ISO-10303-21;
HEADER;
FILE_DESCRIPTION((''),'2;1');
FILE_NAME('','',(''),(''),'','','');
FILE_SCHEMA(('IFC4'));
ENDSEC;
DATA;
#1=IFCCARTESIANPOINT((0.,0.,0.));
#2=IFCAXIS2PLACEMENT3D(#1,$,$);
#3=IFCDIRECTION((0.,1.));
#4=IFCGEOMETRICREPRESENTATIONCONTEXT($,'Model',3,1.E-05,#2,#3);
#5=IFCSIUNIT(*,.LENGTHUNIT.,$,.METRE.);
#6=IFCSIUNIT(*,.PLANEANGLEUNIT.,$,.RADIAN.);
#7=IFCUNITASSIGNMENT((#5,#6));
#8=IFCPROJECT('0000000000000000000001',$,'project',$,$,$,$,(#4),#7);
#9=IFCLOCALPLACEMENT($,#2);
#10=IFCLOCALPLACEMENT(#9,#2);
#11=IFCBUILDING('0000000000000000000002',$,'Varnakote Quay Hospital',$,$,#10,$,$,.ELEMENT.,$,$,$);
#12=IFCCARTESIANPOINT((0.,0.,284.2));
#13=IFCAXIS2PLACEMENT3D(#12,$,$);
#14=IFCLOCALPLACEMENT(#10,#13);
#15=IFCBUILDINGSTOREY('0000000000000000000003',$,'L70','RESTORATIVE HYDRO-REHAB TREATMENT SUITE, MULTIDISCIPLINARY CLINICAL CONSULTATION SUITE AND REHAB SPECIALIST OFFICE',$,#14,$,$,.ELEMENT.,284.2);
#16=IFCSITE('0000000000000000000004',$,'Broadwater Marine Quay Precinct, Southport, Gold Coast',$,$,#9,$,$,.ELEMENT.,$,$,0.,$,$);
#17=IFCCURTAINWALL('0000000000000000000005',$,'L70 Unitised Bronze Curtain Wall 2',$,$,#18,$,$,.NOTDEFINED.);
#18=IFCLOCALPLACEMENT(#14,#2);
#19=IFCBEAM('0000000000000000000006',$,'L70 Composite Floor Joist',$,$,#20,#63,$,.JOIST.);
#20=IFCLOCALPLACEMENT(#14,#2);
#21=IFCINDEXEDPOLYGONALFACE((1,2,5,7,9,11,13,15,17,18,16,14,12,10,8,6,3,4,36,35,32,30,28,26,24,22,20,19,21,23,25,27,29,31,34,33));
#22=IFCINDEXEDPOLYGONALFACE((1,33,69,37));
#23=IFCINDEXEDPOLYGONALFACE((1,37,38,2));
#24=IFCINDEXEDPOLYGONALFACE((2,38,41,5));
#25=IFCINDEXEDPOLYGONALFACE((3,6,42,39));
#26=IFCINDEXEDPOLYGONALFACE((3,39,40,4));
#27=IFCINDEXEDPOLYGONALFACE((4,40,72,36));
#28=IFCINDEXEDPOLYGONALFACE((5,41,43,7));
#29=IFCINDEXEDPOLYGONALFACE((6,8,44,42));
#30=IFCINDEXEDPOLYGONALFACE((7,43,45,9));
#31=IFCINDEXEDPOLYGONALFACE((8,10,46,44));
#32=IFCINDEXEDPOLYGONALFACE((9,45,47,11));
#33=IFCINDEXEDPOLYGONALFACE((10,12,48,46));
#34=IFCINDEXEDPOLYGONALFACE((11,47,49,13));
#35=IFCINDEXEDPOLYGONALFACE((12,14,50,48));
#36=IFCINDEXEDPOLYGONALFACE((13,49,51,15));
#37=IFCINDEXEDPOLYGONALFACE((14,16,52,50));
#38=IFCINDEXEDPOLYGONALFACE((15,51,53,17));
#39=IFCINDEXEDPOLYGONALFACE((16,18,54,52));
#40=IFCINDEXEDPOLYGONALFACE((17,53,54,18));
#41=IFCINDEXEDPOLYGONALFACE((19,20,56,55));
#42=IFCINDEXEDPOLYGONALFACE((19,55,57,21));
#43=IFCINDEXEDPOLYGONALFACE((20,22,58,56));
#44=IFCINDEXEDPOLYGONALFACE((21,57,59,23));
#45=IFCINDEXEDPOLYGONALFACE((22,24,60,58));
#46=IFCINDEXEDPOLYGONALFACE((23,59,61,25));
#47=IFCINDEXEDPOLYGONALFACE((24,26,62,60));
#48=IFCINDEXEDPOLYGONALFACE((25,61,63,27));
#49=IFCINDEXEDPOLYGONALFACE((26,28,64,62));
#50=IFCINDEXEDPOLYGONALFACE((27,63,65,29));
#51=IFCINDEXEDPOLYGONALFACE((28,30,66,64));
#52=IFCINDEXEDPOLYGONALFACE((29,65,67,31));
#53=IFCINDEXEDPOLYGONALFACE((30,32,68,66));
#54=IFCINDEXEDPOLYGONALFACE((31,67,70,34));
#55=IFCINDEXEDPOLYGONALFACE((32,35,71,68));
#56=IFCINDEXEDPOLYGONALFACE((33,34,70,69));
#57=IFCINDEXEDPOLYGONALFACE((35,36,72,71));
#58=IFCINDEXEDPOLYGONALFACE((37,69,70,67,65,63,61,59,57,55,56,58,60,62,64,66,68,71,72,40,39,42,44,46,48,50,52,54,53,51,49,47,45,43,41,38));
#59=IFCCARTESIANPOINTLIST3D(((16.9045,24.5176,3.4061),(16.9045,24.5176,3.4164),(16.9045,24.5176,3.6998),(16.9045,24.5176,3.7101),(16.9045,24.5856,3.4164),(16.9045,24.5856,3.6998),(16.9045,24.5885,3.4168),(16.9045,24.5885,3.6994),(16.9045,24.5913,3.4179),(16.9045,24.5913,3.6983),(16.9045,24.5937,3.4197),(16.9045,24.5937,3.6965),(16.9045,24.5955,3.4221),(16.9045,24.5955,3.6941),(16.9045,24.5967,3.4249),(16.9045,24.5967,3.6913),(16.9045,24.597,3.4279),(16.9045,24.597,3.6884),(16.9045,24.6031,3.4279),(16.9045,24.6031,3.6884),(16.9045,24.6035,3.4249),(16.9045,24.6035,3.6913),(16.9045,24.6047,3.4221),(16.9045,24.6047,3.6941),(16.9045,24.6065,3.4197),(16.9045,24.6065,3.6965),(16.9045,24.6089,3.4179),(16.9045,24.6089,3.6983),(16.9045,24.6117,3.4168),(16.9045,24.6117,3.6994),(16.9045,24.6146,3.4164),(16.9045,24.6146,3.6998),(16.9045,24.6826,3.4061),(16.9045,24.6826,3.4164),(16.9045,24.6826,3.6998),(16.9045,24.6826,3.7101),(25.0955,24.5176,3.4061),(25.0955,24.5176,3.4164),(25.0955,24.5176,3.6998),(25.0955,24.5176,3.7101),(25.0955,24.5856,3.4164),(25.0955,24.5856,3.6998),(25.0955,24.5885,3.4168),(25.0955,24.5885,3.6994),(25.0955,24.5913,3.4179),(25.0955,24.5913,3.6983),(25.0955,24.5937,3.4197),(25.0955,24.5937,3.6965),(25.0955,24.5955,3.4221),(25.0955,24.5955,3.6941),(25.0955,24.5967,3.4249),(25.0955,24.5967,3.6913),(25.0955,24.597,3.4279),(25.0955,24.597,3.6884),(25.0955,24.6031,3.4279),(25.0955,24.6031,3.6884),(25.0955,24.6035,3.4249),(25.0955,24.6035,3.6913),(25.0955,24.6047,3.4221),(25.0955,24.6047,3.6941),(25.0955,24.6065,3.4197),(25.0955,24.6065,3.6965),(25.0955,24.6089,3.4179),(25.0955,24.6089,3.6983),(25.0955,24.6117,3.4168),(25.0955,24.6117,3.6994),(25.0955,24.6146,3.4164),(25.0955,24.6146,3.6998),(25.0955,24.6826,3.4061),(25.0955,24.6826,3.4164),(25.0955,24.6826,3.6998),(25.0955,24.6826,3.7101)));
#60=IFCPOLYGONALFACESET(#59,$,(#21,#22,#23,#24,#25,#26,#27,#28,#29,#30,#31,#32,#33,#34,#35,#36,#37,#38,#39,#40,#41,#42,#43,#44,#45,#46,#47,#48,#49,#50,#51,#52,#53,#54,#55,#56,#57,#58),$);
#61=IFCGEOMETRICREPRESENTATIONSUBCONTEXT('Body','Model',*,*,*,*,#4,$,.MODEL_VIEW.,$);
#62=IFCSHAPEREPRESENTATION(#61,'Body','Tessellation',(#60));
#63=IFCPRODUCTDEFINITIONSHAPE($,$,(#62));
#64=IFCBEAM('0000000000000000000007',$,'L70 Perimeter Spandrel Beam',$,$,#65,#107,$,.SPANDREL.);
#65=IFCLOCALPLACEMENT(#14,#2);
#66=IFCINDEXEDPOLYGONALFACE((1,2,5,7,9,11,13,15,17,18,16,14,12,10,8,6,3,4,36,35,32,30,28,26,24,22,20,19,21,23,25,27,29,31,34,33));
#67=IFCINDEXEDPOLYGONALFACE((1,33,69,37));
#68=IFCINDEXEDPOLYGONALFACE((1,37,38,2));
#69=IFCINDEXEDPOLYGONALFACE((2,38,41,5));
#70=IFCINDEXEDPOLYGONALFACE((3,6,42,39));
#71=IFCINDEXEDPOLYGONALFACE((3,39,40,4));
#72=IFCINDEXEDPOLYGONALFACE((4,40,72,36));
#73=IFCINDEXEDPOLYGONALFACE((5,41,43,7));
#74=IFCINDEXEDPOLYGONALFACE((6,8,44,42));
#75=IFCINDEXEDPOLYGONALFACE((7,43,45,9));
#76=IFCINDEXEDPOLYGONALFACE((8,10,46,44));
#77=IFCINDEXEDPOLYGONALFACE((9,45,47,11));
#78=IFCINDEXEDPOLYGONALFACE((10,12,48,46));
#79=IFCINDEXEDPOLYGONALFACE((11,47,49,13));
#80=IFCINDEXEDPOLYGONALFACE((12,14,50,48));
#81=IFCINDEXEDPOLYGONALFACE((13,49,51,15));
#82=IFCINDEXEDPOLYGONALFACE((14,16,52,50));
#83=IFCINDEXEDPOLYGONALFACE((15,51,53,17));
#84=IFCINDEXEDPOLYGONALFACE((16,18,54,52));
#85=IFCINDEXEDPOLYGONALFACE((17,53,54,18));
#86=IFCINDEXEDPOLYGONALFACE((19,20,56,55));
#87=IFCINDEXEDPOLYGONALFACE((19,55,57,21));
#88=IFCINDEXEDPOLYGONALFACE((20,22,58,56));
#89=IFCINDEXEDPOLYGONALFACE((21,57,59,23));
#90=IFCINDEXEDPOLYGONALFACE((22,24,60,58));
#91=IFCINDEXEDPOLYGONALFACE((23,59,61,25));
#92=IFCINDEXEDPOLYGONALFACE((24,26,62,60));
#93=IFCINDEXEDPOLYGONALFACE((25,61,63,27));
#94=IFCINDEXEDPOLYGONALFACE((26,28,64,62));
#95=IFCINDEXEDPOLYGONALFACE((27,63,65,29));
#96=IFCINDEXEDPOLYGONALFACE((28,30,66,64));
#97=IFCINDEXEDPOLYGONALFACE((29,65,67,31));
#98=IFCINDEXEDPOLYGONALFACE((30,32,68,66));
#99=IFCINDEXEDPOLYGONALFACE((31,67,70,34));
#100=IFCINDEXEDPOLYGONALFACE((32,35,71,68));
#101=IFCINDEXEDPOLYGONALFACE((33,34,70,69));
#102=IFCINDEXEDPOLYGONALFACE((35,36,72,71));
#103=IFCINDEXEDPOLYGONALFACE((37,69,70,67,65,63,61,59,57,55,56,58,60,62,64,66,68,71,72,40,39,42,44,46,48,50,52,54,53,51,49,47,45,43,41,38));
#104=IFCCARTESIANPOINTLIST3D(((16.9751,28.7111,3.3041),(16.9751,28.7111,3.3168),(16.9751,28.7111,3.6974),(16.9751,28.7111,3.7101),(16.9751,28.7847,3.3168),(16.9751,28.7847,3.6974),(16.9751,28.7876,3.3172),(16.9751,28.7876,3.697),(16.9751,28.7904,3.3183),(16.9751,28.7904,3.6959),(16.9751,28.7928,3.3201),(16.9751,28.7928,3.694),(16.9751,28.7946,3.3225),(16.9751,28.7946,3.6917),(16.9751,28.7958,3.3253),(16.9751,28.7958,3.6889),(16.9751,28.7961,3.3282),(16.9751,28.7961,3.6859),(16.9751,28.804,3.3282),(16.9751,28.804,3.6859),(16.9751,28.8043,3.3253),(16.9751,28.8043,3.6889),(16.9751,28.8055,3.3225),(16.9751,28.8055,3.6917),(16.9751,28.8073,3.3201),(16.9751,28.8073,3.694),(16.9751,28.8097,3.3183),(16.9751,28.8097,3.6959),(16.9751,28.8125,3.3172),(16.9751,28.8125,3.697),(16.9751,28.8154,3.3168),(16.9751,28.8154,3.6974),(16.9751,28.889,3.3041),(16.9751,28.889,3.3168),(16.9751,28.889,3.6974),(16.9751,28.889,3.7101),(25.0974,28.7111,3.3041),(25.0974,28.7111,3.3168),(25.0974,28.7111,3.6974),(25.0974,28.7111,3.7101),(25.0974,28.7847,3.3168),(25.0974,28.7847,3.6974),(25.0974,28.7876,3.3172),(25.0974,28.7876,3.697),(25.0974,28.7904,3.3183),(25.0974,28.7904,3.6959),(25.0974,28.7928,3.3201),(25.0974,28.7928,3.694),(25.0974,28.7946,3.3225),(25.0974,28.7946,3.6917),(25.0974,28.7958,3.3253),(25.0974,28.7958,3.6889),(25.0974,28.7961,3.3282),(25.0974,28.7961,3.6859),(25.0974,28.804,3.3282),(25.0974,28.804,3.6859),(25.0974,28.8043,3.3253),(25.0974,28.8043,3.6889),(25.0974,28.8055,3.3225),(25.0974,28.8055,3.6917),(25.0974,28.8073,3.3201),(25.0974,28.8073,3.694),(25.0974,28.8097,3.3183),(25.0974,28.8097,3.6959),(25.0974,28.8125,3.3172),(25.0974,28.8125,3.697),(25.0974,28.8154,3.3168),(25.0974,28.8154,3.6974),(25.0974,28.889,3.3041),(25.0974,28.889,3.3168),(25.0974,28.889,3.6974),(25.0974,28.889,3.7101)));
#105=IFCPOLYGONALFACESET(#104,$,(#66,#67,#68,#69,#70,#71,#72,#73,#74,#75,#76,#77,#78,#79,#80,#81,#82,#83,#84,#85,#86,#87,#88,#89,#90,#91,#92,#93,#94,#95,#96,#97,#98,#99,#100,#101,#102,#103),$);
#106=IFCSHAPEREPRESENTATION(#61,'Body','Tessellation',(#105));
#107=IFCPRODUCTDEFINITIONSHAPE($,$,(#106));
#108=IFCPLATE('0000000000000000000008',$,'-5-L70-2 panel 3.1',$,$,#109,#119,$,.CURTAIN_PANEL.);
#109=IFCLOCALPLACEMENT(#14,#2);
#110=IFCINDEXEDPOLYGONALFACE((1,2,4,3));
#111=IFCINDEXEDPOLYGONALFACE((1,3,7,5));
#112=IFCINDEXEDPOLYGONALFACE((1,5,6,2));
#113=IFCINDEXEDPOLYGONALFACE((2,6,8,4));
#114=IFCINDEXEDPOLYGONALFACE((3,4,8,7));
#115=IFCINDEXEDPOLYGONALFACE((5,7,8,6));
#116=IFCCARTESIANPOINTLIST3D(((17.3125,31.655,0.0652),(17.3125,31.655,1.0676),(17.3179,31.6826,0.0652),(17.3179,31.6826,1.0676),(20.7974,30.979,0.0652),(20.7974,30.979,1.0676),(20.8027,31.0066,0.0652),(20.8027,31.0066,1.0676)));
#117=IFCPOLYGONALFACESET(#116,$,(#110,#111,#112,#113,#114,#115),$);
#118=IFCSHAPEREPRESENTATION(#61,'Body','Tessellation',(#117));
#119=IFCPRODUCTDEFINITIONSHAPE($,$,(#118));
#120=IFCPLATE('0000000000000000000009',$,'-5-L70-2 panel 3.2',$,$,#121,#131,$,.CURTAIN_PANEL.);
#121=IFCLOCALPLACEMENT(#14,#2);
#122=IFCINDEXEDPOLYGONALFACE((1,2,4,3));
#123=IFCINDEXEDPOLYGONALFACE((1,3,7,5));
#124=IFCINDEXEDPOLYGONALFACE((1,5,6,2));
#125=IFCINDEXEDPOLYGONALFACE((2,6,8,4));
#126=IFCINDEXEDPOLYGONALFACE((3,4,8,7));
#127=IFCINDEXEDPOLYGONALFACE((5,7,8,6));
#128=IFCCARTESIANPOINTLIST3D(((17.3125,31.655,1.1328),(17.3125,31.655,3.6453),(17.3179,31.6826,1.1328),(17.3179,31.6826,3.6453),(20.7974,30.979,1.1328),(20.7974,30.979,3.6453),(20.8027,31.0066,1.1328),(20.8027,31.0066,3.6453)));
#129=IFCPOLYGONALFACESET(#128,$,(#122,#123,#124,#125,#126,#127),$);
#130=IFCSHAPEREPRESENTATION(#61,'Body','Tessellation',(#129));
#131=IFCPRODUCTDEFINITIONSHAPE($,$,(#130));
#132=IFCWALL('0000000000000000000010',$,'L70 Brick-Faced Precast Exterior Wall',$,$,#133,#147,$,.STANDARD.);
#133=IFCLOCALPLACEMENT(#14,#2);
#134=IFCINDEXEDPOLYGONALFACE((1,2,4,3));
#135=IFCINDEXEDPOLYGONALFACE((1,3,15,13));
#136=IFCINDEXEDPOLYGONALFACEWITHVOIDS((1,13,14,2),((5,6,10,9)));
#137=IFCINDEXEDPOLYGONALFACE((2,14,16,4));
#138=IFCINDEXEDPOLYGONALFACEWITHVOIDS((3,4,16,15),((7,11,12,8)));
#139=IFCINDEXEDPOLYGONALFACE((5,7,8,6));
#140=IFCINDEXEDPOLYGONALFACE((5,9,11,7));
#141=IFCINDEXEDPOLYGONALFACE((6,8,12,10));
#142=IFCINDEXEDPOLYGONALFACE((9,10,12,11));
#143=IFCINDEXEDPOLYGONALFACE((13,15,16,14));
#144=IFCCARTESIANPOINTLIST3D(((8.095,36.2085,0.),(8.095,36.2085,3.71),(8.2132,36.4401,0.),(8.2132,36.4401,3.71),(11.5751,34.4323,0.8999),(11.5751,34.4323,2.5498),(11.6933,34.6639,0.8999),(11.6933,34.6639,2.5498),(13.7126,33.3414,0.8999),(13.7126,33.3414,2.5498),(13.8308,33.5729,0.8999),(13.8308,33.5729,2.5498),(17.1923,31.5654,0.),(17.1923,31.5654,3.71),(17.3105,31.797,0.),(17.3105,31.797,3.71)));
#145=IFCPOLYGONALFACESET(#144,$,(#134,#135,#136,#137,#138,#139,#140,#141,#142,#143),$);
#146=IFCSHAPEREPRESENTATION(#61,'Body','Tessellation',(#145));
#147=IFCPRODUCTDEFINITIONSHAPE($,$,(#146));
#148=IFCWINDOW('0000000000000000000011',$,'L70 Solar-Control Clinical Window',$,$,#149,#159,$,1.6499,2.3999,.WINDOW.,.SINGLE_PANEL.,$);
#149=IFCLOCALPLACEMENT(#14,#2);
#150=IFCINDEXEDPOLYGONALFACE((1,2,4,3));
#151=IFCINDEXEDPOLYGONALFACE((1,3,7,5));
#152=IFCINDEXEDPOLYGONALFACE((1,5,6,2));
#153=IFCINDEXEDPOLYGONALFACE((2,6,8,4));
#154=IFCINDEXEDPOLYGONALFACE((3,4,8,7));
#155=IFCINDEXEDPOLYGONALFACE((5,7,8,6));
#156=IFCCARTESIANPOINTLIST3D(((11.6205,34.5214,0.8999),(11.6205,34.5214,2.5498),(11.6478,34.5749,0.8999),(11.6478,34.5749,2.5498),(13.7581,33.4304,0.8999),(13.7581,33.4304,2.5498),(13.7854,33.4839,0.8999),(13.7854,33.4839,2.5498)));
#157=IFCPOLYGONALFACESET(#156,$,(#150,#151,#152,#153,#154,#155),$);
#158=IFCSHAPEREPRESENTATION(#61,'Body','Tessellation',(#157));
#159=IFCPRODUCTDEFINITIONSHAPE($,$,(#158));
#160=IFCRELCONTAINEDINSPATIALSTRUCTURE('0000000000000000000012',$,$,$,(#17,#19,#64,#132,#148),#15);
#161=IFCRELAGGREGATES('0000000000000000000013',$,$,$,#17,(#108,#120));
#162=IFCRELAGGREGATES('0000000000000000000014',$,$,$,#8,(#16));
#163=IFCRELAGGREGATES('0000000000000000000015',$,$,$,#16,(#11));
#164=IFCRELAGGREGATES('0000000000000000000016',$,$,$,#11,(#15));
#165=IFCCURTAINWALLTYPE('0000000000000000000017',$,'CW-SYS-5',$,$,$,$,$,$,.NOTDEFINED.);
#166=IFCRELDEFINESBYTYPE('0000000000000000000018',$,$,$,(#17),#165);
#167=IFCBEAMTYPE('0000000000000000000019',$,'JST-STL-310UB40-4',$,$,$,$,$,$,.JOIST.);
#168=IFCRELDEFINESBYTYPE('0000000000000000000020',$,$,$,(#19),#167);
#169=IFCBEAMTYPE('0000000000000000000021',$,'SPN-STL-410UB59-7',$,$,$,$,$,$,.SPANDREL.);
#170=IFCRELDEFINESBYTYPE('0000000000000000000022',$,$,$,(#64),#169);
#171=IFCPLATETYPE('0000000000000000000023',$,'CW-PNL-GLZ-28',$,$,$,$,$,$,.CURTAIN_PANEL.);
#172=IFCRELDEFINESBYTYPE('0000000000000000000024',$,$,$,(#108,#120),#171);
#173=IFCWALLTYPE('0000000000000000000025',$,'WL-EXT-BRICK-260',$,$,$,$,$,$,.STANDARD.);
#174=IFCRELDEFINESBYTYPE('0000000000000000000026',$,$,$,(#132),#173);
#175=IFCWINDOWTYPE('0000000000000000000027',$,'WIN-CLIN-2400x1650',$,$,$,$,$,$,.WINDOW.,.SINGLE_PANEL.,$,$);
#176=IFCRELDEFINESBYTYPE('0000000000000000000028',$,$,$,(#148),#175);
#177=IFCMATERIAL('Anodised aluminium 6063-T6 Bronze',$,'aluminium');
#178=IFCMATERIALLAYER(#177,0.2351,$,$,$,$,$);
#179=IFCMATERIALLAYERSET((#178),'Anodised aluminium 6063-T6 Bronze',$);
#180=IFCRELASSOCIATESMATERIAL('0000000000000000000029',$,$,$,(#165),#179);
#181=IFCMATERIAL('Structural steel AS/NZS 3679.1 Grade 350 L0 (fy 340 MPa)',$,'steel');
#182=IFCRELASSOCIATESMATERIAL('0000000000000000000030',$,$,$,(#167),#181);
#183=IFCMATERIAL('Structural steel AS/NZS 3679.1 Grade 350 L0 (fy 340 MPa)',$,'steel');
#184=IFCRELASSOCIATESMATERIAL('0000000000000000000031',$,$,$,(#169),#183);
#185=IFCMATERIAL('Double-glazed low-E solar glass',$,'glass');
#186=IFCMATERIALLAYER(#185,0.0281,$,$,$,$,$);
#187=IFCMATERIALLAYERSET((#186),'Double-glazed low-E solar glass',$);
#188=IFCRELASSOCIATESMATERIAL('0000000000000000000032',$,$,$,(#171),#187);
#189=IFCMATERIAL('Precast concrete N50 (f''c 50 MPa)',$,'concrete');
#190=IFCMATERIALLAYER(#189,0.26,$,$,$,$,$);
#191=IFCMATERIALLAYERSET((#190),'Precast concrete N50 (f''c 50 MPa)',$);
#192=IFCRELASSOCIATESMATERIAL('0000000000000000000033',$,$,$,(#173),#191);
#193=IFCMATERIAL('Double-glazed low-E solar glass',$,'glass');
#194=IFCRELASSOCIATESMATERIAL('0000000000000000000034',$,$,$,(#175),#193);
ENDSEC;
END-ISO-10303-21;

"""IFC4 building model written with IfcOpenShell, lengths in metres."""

from ifc_helpers import new_model, si_unit, direction, frame, frame_2d, origin, origin_2d, place, context, subcontext, project, spatial, rectangle, i_section, extrude, material, layer, layer_set, material_profile, profile_set, type_object, element, fill, aggregate, save


model = new_model("IFC4")

# Units and contexts
model_context = context("Model", 3, precision=1e-05, world=origin(), true_north=direction((0.0, 1.0)))
body_context = subcontext(model_context, "Body", "Model", "MODEL_VIEW")
ifc_project = project(units=[si_unit("LENGTHUNIT", "METRE"), si_unit("PLANEANGLEUNIT", "RADIAN")], contexts=[model_context])

# Site, building, storey
site_placement = place(None, origin())
site = spatial("IfcSite", under=ifc_project, at=site_placement, Name="Broadwater Marine Quay Precinct, Southport, Gold Coast", CompositionType="ELEMENT", RefElevation=0.0)
building_placement = place(site_placement, origin())
building = spatial("IfcBuilding", under=site, at=building_placement, Name="Varnakote Quay Hospital", CompositionType="ELEMENT")
storey_placement = place(building_placement, frame((0.0, 0.0, 284.2)))
storey = spatial("IfcBuildingStorey", under=building, at=storey_placement, Name="L70", Description="RESTORATIVE HYDRO-REHAB TREATMENT SUITE, MULTIDISCIPLINARY CLINICAL CONSULTATION SUITE AND REHAB SPECIALIST OFFICE", CompositionType="ELEMENT", Elevation=284.2)

# Curtain wall
ifc_material_1 = material(Name="Anodised aluminium 6063-T6 Bronze", Category="aluminium")
ifc_layer_1 = layer(ifc_material_1, 0.2351)
ifc_layer_set_1 = layer_set([ifc_layer_1], Name="Anodised aluminium 6063-T6 Bronze")
curtain_wall_type = type_object("IfcCurtainWallType", Name="CW-SYS-5", PredefinedType="NOTDEFINED", material=ifc_layer_set_1)
curtain_wall_placement = place(storey_placement, origin())
curtain_wall = element("IfcCurtainWall", 1, at=curtain_wall_placement, inside=storey, type_object=curtain_wall_type, Name="L70 Unitised Bronze Curtain Wall 2", PredefinedType="NOTDEFINED")

# Beams
ifc_material_2 = material(Name="Structural steel AS/NZS 3679.1 Grade 350 L0 (fy 340 MPa)", Category="steel")
ifc_material_profile_1 = material_profile(ifc_material_2, i_section(OverallWidth=0.165, OverallDepth=0.304, WebThickness=0.0061, FlangeThickness=0.0103, FilletRadius=0.0115, at=origin_2d()), Name="310UB40.4")
ifc_profile_set_1 = profile_set([ifc_material_profile_1], Name="Structural steel AS/NZS 3679.1 Grade 350 L0 (fy 340 MPa)")
beam_type_1 = type_object("IfcBeamType", Name="JST-STL-310UB40-4", PredefinedType="JOIST", material=ifc_profile_set_1)
beam_1_placement = place(storey_placement, frame((16.9045, 24.6001, 3.5581), z_axis=(1.0, 0.0, 0.0), x_axis=(0.0, 1.0, 0.0)))
element("IfcBeam", 2, at=beam_1_placement, inside=storey, type_object=beam_type_1, Name="L70 Composite Floor Joist", PredefinedType="JOIST", context=body_context, shape_type="SweptSolid", body=[
    extrude(i_section(OverallWidth=0.165, OverallDepth=0.304, WebThickness=0.0061, FlangeThickness=0.0103, FilletRadius=0.0115, at=origin_2d()), origin(), (0.0, 0.0, 1.0), 8.1909),
])
ifc_material_3 = material(Name="Structural steel AS/NZS 3679.1 Grade 350 L0 (fy 340 MPa)", Category="steel")
ifc_material_profile_2 = material_profile(ifc_material_3, i_section(OverallWidth=0.178, OverallDepth=0.406, WebThickness=0.0078, FlangeThickness=0.0127, FilletRadius=0.0115, at=origin_2d()), Name="410UB59.7")
ifc_profile_set_2 = profile_set([ifc_material_profile_2], Name="Structural steel AS/NZS 3679.1 Grade 350 L0 (fy 340 MPa)")
beam_type_2 = type_object("IfcBeamType", Name="SPN-STL-410UB59-7", PredefinedType="SPANDREL", material=ifc_profile_set_2)
beam_2_placement = place(storey_placement, frame((16.9751, 28.8, 3.5071), z_axis=(1.0, 0.0, 0.0), x_axis=(0.0, 1.0, 0.0)))
element("IfcBeam", 3, at=beam_2_placement, inside=storey, type_object=beam_type_2, Name="L70 Perimeter Spandrel Beam", PredefinedType="SPANDREL", context=body_context, shape_type="SweptSolid", body=[
    extrude(i_section(OverallWidth=0.178, OverallDepth=0.406, WebThickness=0.0078, FlangeThickness=0.0127, FilletRadius=0.0115, at=origin_2d()), origin(), (0.0, 0.0, 1.0), 8.1223),
])

# Plates
ifc_material_4 = material(Name="Double-glazed low-E solar glass", Category="glass")
ifc_layer_2 = layer(ifc_material_4, 0.0281)
ifc_layer_set_2 = layer_set([ifc_layer_2], Name="Double-glazed low-E solar glass")
plate_type = type_object("IfcPlateType", Name="CW-PNL-GLZ-28", PredefinedType="CURTAIN_PANEL", material=ifc_layer_set_2)
plate_1_placement = place(storey_placement, frame((19.0576, 31.3308, 0.0652), z_axis=(0.0, 0.0, 1.0), x_axis=(-0.9817, 0.190434, 0.0)))
plate_1 = element("IfcPlate", 4, at=plate_1_placement, type_object=plate_type, Name="-5-L70-2 panel 3.1", PredefinedType="CURTAIN_PANEL", context=body_context, shape_type="SweptSolid", body=[
    extrude(rectangle(XDim=3.5498, YDim=0.0281, at=origin_2d()), origin(), (0.0, 0.0, 1.0), 1.0024),
])
plate_2_placement = place(storey_placement, frame((19.0576, 31.3308, 1.1328), z_axis=(0.0, 0.0, 1.0), x_axis=(-0.9817, 0.190434, 0.0)))
plate_2 = element("IfcPlate", 5, at=plate_2_placement, type_object=plate_type, Name="-5-L70-2 panel 3.2", PredefinedType="CURTAIN_PANEL", context=body_context, shape_type="SweptSolid", body=[
    extrude(rectangle(XDim=3.5498, YDim=0.0281, at=origin_2d()), origin(), (0.0, 0.0, 1.0), 2.5125),
])
aggregate(curtain_wall, [plate_1, plate_2])

# Wall, opening, window
ifc_material_5 = material(Name="Precast concrete N50 (f'c 50 MPa)", Category="concrete")
ifc_layer_3 = layer(ifc_material_5, 0.26)
ifc_layer_set_3 = layer_set([ifc_layer_3], Name="Precast concrete N50 (f'c 50 MPa)")
wall_type_1 = type_object("IfcWallType", Name="WL-EXT-BRICK-260", PredefinedType="STANDARD", material=ifc_layer_set_3)
wall_1_placement = place(storey_placement, frame((17.2515, 31.6812, 0.0), z_axis=(0.0, 0.0, 1.0), x_axis=(-0.890696, 0.454599, 0.0)))
wall_1 = element("IfcWall", 6, at=wall_1_placement, inside=storey, type_object=wall_type_1, Name="L70 Brick-Faced Precast Exterior Wall", PredefinedType="STANDARD", context=body_context, shape_type="SweptSolid", body=[
    extrude(rectangle(XDim=10.2136, YDim=0.26, at=frame_2d((5.1069, 0.0))), origin(), (0.0, 0.0, 1.0), 3.71),
])
opening_1_placement = place(wall_1_placement, frame((3.9067, 0.0, 0.8999)))
opening_1 = element("IfcOpeningElement", 7, at=opening_1_placement, cuts=wall_1, PredefinedType="OPENING", context=body_context, shape_type="SweptSolid", body=[
    extrude(rectangle(XDim=2.3999, YDim=1.6499, at=frame_2d((1.2, 0.825))), frame((0.0, 0.1399, 0.0), z_axis=(0.0, -1.0, 0.0), x_axis=(1.0, 0.0, 0.0)), (0.0, 0.0, 1.0), 0.28),
])
ifc_material_6 = material(Name="Double-glazed low-E solar glass", Category="glass")
window_type = type_object("IfcWindowType", Name="WIN-CLIN-2400x1650", PartitioningType="SINGLE_PANEL", PredefinedType="WINDOW", material=ifc_material_6)
window_1_placement = place(opening_1_placement, origin())
window_1 = element("IfcWindow", 8, at=window_1_placement, inside=storey, type_object=window_type, Name="L70 Solar-Control Clinical Window", OverallHeight=1.6499, OverallWidth=2.3999, PartitioningType="SINGLE_PANEL", PredefinedType="WINDOW", context=body_context, shape_type="SweptSolid", body=[
    extrude(rectangle(XDim=2.3999, YDim=1.6499, at=frame_2d((1.2, 0.825))), frame((0.0, 0.03, 0.0), z_axis=(0.0, -1.0, 0.0), x_axis=(1.0, 0.0, 0.0)), (0.0, 0.0, 1.0), 0.0601),
])
fill(opening_1, window_1)

save(model, "model.ifc")
